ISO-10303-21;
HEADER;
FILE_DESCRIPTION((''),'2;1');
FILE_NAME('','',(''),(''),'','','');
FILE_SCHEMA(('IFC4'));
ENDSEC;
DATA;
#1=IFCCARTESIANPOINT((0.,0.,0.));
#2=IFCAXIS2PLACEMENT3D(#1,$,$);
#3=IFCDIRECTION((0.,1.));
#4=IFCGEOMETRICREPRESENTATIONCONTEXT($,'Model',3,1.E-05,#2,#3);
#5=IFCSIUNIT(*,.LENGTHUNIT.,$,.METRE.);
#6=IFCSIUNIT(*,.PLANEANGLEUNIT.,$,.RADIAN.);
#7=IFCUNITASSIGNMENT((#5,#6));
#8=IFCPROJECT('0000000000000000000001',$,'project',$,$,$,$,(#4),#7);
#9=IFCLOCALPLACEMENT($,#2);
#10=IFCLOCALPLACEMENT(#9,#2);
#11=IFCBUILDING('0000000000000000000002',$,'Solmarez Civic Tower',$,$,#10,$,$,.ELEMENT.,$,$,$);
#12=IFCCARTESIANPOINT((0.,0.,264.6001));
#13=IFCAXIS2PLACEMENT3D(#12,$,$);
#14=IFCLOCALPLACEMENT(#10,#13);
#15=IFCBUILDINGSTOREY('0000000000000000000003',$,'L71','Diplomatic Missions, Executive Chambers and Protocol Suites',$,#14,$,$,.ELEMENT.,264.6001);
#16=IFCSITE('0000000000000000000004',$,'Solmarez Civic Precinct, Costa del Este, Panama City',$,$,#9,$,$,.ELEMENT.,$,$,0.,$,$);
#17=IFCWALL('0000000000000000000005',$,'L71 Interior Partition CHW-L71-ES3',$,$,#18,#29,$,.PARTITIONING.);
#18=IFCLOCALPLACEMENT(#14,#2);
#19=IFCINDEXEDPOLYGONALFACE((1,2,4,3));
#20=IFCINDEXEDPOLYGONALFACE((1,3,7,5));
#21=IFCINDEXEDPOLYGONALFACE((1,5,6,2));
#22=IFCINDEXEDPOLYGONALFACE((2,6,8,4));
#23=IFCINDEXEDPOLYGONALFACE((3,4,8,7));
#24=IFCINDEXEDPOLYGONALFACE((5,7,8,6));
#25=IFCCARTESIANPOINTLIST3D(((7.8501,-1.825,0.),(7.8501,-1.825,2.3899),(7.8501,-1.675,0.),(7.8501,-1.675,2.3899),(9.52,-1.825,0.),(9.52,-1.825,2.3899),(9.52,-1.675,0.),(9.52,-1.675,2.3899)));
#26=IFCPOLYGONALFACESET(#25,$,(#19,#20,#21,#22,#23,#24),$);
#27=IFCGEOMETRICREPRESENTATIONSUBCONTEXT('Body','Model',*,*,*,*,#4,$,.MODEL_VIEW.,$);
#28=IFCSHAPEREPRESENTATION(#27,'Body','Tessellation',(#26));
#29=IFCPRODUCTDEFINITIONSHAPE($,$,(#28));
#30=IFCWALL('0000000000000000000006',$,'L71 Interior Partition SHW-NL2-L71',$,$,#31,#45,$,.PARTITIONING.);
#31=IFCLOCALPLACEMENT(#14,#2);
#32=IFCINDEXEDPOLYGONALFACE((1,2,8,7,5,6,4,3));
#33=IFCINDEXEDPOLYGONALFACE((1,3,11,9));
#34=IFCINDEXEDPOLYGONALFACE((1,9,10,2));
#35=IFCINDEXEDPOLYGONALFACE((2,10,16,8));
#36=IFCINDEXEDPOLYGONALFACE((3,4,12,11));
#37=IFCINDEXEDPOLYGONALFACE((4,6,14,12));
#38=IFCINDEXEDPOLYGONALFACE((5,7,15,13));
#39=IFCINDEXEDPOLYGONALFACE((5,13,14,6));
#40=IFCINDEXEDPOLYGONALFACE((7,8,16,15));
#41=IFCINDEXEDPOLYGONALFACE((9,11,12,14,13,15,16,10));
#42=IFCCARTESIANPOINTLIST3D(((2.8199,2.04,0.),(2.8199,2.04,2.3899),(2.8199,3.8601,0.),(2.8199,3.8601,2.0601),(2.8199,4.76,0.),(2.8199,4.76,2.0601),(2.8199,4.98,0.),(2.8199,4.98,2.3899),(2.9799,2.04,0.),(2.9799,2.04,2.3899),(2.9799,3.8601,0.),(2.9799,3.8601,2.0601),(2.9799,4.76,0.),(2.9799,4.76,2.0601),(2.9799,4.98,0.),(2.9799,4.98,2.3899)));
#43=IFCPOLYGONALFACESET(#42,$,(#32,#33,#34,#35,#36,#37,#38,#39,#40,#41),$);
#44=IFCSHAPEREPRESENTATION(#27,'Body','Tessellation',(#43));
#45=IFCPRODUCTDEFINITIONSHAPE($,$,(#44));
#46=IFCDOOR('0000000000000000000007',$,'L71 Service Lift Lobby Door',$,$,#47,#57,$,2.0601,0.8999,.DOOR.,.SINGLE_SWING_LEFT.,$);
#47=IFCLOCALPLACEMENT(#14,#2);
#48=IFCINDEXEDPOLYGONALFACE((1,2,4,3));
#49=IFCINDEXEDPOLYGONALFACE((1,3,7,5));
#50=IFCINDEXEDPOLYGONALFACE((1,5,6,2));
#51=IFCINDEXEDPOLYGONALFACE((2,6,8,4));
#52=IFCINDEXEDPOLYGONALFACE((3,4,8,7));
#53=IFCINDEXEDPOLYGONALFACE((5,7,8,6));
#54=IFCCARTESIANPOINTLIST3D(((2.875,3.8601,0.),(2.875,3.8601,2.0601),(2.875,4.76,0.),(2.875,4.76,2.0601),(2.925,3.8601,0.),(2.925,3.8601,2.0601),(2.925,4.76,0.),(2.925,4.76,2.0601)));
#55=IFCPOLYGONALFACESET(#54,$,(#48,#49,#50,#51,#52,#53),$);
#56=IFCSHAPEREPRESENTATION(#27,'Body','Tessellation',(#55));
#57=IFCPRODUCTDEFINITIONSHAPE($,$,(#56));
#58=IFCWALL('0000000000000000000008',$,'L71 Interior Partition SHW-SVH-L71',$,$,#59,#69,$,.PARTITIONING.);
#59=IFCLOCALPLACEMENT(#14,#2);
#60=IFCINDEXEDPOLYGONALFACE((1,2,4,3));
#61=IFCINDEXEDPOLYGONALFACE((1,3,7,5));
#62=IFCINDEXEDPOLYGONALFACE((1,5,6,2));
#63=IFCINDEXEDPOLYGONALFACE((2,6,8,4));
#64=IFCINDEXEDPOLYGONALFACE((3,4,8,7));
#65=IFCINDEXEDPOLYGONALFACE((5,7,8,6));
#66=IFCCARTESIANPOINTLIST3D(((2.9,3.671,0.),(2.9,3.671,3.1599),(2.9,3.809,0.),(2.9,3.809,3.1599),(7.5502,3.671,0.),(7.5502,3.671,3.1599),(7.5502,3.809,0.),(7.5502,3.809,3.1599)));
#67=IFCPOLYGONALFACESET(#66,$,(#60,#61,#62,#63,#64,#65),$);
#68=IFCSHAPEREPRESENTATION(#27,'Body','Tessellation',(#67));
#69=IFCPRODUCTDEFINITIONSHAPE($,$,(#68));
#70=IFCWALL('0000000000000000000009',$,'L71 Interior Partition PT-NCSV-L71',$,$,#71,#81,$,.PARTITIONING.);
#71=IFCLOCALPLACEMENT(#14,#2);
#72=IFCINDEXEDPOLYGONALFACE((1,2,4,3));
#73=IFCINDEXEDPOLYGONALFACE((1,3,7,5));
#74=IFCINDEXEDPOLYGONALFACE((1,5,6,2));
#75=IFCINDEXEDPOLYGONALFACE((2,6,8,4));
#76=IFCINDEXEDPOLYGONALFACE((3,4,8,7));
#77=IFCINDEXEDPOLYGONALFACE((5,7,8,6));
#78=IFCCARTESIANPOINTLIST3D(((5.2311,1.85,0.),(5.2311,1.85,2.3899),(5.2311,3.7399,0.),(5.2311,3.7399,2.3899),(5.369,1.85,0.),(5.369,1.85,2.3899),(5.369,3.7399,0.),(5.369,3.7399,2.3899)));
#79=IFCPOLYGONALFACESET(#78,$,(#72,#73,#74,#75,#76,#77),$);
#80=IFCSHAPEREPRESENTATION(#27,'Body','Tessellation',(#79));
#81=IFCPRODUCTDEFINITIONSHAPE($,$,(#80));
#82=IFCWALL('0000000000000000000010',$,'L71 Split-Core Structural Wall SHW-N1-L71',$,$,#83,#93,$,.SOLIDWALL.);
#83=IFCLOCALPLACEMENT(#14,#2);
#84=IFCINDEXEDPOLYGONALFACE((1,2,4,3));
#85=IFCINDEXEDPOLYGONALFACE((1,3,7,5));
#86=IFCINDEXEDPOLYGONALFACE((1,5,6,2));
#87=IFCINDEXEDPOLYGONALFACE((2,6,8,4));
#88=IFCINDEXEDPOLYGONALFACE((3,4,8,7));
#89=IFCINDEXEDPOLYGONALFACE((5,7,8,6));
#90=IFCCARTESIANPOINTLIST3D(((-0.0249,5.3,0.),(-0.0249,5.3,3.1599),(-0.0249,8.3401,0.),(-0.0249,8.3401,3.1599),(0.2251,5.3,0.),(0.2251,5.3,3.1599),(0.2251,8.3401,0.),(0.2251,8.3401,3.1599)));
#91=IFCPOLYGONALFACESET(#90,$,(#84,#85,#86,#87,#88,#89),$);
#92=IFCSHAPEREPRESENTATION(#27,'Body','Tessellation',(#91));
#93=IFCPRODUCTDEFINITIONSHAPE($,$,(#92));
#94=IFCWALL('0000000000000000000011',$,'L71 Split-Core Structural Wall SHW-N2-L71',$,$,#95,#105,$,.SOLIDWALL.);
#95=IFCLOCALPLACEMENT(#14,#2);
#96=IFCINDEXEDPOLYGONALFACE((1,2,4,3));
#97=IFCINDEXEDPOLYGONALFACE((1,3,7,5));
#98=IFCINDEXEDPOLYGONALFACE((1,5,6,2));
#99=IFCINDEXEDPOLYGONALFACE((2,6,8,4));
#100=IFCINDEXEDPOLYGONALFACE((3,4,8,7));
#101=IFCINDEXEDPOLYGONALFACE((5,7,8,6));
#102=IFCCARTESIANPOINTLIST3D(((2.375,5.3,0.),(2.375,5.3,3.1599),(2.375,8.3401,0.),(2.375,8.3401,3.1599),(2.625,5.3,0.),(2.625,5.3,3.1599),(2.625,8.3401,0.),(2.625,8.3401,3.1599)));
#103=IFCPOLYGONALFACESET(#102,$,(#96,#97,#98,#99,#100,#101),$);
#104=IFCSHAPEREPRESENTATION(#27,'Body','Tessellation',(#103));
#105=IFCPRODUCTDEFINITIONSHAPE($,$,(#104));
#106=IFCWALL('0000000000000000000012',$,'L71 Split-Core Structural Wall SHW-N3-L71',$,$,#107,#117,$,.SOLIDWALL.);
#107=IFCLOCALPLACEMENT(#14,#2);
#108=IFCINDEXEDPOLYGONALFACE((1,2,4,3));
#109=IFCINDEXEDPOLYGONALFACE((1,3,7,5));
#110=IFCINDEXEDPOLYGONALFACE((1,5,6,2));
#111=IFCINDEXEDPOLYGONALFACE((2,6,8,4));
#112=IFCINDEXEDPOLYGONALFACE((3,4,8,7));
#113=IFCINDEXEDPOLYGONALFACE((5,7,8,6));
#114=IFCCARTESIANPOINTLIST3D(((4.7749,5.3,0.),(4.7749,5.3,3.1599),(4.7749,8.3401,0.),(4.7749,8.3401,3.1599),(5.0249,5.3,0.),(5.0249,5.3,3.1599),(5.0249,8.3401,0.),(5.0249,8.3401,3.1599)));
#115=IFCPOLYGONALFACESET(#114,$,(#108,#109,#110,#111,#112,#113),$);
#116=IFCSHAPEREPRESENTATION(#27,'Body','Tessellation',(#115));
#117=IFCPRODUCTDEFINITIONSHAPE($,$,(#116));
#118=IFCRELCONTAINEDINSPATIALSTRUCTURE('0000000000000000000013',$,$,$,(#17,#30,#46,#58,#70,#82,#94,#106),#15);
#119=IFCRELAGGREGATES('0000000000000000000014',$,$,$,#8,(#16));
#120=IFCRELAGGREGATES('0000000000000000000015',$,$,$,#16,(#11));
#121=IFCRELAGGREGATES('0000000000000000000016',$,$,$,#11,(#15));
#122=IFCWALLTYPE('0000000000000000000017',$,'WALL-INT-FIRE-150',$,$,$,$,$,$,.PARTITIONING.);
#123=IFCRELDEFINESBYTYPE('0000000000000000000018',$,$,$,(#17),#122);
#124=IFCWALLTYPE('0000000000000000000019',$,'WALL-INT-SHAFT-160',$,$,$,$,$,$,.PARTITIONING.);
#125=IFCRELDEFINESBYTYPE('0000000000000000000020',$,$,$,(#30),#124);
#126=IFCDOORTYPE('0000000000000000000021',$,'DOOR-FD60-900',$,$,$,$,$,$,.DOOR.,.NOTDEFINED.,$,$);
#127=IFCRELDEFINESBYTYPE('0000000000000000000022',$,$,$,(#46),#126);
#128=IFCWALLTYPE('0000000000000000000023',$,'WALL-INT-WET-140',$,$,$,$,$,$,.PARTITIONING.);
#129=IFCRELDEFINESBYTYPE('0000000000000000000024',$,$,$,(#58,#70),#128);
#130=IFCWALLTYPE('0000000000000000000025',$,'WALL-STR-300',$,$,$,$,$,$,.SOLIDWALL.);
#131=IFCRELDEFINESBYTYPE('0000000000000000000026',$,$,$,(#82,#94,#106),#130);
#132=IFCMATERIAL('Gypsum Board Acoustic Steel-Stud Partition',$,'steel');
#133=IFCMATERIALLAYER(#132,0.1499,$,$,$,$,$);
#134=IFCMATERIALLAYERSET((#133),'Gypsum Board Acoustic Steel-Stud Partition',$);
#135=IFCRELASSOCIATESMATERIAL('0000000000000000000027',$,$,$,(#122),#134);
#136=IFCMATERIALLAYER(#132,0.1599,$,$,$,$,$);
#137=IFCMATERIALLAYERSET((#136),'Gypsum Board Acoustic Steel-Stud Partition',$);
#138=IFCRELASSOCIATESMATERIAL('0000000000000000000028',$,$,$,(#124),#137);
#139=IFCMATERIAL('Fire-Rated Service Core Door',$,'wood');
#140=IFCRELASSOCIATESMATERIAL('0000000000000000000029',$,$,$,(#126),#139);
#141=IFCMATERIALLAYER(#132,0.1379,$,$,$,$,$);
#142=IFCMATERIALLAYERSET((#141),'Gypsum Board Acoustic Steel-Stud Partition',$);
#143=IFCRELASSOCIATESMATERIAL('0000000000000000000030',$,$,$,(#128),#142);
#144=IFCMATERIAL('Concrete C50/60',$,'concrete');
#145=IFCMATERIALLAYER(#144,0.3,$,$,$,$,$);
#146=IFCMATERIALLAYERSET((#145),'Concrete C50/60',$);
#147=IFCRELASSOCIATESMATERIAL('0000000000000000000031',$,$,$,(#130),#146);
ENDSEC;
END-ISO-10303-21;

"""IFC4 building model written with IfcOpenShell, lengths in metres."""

from ifc_helpers import new_model, si_unit, direction, frame, frame_2d, origin, place, context, subcontext, project, spatial, rectangle, extrude, material, layer, layer_set, type_object, element, fill, save


model = new_model("IFC4")

# Units and contexts
model_context = context("Model", 3, precision=1e-05, world=origin(), true_north=direction((0.0, 1.0)))
body_context = subcontext(model_context, "Body", "Model", "MODEL_VIEW")
ifc_project = project(units=[si_unit("LENGTHUNIT", "METRE"), si_unit("PLANEANGLEUNIT", "RADIAN")], contexts=[model_context])

# Site, building, storey
site_placement = place(None, origin())
site = spatial("IfcSite", under=ifc_project, at=site_placement, Name="Solmarez Civic Precinct, Costa del Este, Panama City", CompositionType="ELEMENT", RefElevation=0.0)
building_placement = place(site_placement, origin())
building = spatial("IfcBuilding", under=site, at=building_placement, Name="Solmarez Civic Tower", CompositionType="ELEMENT")
storey_placement = place(building_placement, frame((0.0, 0.0, 264.6001)))
storey = spatial("IfcBuildingStorey", under=building, at=storey_placement, Name="L71", Description="Diplomatic Missions, Executive Chambers and Protocol Suites", CompositionType="ELEMENT", Elevation=264.6001)

# Wall
ifc_material_1 = material(Name="Gypsum Board Acoustic Steel-Stud Partition", Category="steel")
ifc_layer_1 = layer(ifc_material_1, 0.1499)
ifc_layer_set_1 = layer_set([ifc_layer_1], Name="Gypsum Board Acoustic Steel-Stud Partition")
wall_type_1 = type_object("IfcWallType", Name="WALL-INT-FIRE-150", PredefinedType="PARTITIONING", material=ifc_layer_set_1)
wall_1_placement = place(storey_placement, frame((7.8501, -1.75, 0.0), z_axis=(0.0, 0.0, 1.0), x_axis=(1.0, 0.0, 0.0)))
element("IfcWall", 1, at=wall_1_placement, inside=storey, type_object=wall_type_1, Name="L71 Interior Partition CHW-L71-ES3", PredefinedType="PARTITIONING", context=body_context, shape_type="SweptSolid", body=[
    extrude(rectangle(XDim=1.6699, YDim=0.1499, at=frame_2d((0.835, 0.0))), origin(), (0.0, 0.0, 1.0), 2.3899),
])

# Wall, opening, door
ifc_layer_2 = layer(ifc_material_1, 0.1599)
ifc_layer_set_2 = layer_set([ifc_layer_2], Name="Gypsum Board Acoustic Steel-Stud Partition")
wall_type_2 = type_object("IfcWallType", Name="WALL-INT-SHAFT-160", PredefinedType="PARTITIONING", material=ifc_layer_set_2)
wall_2_placement = place(storey_placement, frame((2.8999, 2.04, 0.0), z_axis=(0.0, 0.0, 1.0), x_axis=(0.0, 1.0, 0.0)))
wall_2 = element("IfcWall", 2, at=wall_2_placement, inside=storey, type_object=wall_type_2, Name="L71 Interior Partition SHW-NL2-L71", PredefinedType="PARTITIONING", context=body_context, shape_type="SweptSolid", body=[
    extrude(rectangle(XDim=2.9399, YDim=0.1599, at=frame_2d((1.47, 0.0))), origin(), (0.0, 0.0, 1.0), 2.3899),
])
opening_1_placement = place(wall_2_placement, frame((1.8201, 0.0, 0.0)))
opening_1 = element("IfcOpeningElement", 3, at=opening_1_placement, cuts=wall_2, PredefinedType="OPENING", context=body_context, shape_type="SweptSolid", body=[
    extrude(rectangle(XDim=0.8999, YDim=2.0601, at=frame_2d((0.45, 1.03))), frame((0.0, 0.0898, 0.0), z_axis=(0.0, -1.0, 0.0), x_axis=(1.0, 0.0, 0.0)), (0.0, 0.0, 1.0), 0.1799),
])
ifc_material_2 = material(Name="Fire-Rated Service Core Door", Category="wood")
door_type_1 = type_object("IfcDoorType", Name="DOOR-FD60-900", OperationType="NOTDEFINED", PredefinedType="DOOR", material=ifc_material_2)
door_1_placement = place(opening_1_placement, origin())
door_1 = element("IfcDoor", 4, at=door_1_placement, inside=storey, type_object=door_type_1, Name="L71 Service Lift Lobby Door", OperationType="SINGLE_SWING_LEFT", OverallHeight=2.0601, OverallWidth=0.8999, PredefinedType="DOOR", context=body_context, shape_type="SweptSolid", body=[
    extrude(rectangle(XDim=0.8999, YDim=2.0601, at=frame_2d((0.45, 1.03))), frame((0.0, 0.0249, 0.0), z_axis=(0.0, -1.0, 0.0), x_axis=(1.0, 0.0, 0.0)), (0.0, 0.0, 1.0), 0.05),
])
fill(opening_1, door_1)

# Walls
ifc_layer_3 = layer(ifc_material_1, 0.1379)
ifc_layer_set_3 = layer_set([ifc_layer_3], Name="Gypsum Board Acoustic Steel-Stud Partition")
wall_type_3 = type_object("IfcWallType", Name="WALL-INT-WET-140", PredefinedType="PARTITIONING", material=ifc_layer_set_3)
wall_3_placement = place(storey_placement, frame((2.8999, 3.74, 0.0), z_axis=(0.0, 0.0, 1.0), x_axis=(1.0, 0.0, 0.0)))
element("IfcWall", 5, at=wall_3_placement, inside=storey, type_object=wall_type_3, Name="L71 Interior Partition SHW-SVH-L71", PredefinedType="PARTITIONING", context=body_context, shape_type="SweptSolid", body=[
    extrude(rectangle(XDim=4.6501, YDim=0.1379, at=frame_2d((2.3252, 0.0))), origin(), (0.0, 0.0, 1.0), 3.1599),
])
wall_4_placement = place(storey_placement, frame((5.3, 1.8501, 0.0), z_axis=(0.0, 0.0, 1.0), x_axis=(0.0, 1.0, 0.0)))
element("IfcWall", 6, at=wall_4_placement, inside=storey, type_object=wall_type_3, Name="L71 Interior Partition PT-NCSV-L71", PredefinedType="PARTITIONING", context=body_context, shape_type="SweptSolid", body=[
    extrude(rectangle(XDim=1.8899, YDim=0.1379, at=frame_2d((0.9448, 0.0))), origin(), (0.0, 0.0, 1.0), 2.3899),
])

# Shared definitions
ifc_material_3 = material(Name="Concrete C50/60", Category="concrete")
ifc_layer_4 = layer(ifc_material_3, 0.3)
ifc_layer_set_4 = layer_set([ifc_layer_4], Name="Concrete C50/60")
wall_type_4 = type_object("IfcWallType", Name="WALL-STR-300", PredefinedType="SOLIDWALL", material=ifc_layer_set_4)

# Walls
for number, where, z_axis, x_axis, name in (
    (7, (0.1001, 5.3, 0.0), (0.0, 0.0, 1.0), (0.0, 1.0, 0.0), "L71 Split-Core Structural Wall SHW-N1-L71"),
    (8, (2.5, 5.3, 0.0), (0.0, 0.0, 1.0), (0.0, 1.0, 0.0), "L71 Split-Core Structural Wall SHW-N2-L71"),
    (9, (4.8999, 5.3, 0.0), (0.0, 0.0, 1.0), (0.0, 1.0, 0.0), "L71 Split-Core Structural Wall SHW-N3-L71"),
):
    element("IfcWall", number, at=place(storey_placement, frame(where, z_axis=z_axis, x_axis=x_axis)), inside=storey, type_object=wall_type_4, Name=name, PredefinedType="SOLIDWALL", context=body_context, shape_type="SweptSolid", body=[
        extrude(rectangle(XDim=3.04, YDim=0.25, at=frame_2d((1.52, 0.0))), origin(), (0.0, 0.0, 1.0), 3.1599),
    ])

save(model, "model.ifc")
